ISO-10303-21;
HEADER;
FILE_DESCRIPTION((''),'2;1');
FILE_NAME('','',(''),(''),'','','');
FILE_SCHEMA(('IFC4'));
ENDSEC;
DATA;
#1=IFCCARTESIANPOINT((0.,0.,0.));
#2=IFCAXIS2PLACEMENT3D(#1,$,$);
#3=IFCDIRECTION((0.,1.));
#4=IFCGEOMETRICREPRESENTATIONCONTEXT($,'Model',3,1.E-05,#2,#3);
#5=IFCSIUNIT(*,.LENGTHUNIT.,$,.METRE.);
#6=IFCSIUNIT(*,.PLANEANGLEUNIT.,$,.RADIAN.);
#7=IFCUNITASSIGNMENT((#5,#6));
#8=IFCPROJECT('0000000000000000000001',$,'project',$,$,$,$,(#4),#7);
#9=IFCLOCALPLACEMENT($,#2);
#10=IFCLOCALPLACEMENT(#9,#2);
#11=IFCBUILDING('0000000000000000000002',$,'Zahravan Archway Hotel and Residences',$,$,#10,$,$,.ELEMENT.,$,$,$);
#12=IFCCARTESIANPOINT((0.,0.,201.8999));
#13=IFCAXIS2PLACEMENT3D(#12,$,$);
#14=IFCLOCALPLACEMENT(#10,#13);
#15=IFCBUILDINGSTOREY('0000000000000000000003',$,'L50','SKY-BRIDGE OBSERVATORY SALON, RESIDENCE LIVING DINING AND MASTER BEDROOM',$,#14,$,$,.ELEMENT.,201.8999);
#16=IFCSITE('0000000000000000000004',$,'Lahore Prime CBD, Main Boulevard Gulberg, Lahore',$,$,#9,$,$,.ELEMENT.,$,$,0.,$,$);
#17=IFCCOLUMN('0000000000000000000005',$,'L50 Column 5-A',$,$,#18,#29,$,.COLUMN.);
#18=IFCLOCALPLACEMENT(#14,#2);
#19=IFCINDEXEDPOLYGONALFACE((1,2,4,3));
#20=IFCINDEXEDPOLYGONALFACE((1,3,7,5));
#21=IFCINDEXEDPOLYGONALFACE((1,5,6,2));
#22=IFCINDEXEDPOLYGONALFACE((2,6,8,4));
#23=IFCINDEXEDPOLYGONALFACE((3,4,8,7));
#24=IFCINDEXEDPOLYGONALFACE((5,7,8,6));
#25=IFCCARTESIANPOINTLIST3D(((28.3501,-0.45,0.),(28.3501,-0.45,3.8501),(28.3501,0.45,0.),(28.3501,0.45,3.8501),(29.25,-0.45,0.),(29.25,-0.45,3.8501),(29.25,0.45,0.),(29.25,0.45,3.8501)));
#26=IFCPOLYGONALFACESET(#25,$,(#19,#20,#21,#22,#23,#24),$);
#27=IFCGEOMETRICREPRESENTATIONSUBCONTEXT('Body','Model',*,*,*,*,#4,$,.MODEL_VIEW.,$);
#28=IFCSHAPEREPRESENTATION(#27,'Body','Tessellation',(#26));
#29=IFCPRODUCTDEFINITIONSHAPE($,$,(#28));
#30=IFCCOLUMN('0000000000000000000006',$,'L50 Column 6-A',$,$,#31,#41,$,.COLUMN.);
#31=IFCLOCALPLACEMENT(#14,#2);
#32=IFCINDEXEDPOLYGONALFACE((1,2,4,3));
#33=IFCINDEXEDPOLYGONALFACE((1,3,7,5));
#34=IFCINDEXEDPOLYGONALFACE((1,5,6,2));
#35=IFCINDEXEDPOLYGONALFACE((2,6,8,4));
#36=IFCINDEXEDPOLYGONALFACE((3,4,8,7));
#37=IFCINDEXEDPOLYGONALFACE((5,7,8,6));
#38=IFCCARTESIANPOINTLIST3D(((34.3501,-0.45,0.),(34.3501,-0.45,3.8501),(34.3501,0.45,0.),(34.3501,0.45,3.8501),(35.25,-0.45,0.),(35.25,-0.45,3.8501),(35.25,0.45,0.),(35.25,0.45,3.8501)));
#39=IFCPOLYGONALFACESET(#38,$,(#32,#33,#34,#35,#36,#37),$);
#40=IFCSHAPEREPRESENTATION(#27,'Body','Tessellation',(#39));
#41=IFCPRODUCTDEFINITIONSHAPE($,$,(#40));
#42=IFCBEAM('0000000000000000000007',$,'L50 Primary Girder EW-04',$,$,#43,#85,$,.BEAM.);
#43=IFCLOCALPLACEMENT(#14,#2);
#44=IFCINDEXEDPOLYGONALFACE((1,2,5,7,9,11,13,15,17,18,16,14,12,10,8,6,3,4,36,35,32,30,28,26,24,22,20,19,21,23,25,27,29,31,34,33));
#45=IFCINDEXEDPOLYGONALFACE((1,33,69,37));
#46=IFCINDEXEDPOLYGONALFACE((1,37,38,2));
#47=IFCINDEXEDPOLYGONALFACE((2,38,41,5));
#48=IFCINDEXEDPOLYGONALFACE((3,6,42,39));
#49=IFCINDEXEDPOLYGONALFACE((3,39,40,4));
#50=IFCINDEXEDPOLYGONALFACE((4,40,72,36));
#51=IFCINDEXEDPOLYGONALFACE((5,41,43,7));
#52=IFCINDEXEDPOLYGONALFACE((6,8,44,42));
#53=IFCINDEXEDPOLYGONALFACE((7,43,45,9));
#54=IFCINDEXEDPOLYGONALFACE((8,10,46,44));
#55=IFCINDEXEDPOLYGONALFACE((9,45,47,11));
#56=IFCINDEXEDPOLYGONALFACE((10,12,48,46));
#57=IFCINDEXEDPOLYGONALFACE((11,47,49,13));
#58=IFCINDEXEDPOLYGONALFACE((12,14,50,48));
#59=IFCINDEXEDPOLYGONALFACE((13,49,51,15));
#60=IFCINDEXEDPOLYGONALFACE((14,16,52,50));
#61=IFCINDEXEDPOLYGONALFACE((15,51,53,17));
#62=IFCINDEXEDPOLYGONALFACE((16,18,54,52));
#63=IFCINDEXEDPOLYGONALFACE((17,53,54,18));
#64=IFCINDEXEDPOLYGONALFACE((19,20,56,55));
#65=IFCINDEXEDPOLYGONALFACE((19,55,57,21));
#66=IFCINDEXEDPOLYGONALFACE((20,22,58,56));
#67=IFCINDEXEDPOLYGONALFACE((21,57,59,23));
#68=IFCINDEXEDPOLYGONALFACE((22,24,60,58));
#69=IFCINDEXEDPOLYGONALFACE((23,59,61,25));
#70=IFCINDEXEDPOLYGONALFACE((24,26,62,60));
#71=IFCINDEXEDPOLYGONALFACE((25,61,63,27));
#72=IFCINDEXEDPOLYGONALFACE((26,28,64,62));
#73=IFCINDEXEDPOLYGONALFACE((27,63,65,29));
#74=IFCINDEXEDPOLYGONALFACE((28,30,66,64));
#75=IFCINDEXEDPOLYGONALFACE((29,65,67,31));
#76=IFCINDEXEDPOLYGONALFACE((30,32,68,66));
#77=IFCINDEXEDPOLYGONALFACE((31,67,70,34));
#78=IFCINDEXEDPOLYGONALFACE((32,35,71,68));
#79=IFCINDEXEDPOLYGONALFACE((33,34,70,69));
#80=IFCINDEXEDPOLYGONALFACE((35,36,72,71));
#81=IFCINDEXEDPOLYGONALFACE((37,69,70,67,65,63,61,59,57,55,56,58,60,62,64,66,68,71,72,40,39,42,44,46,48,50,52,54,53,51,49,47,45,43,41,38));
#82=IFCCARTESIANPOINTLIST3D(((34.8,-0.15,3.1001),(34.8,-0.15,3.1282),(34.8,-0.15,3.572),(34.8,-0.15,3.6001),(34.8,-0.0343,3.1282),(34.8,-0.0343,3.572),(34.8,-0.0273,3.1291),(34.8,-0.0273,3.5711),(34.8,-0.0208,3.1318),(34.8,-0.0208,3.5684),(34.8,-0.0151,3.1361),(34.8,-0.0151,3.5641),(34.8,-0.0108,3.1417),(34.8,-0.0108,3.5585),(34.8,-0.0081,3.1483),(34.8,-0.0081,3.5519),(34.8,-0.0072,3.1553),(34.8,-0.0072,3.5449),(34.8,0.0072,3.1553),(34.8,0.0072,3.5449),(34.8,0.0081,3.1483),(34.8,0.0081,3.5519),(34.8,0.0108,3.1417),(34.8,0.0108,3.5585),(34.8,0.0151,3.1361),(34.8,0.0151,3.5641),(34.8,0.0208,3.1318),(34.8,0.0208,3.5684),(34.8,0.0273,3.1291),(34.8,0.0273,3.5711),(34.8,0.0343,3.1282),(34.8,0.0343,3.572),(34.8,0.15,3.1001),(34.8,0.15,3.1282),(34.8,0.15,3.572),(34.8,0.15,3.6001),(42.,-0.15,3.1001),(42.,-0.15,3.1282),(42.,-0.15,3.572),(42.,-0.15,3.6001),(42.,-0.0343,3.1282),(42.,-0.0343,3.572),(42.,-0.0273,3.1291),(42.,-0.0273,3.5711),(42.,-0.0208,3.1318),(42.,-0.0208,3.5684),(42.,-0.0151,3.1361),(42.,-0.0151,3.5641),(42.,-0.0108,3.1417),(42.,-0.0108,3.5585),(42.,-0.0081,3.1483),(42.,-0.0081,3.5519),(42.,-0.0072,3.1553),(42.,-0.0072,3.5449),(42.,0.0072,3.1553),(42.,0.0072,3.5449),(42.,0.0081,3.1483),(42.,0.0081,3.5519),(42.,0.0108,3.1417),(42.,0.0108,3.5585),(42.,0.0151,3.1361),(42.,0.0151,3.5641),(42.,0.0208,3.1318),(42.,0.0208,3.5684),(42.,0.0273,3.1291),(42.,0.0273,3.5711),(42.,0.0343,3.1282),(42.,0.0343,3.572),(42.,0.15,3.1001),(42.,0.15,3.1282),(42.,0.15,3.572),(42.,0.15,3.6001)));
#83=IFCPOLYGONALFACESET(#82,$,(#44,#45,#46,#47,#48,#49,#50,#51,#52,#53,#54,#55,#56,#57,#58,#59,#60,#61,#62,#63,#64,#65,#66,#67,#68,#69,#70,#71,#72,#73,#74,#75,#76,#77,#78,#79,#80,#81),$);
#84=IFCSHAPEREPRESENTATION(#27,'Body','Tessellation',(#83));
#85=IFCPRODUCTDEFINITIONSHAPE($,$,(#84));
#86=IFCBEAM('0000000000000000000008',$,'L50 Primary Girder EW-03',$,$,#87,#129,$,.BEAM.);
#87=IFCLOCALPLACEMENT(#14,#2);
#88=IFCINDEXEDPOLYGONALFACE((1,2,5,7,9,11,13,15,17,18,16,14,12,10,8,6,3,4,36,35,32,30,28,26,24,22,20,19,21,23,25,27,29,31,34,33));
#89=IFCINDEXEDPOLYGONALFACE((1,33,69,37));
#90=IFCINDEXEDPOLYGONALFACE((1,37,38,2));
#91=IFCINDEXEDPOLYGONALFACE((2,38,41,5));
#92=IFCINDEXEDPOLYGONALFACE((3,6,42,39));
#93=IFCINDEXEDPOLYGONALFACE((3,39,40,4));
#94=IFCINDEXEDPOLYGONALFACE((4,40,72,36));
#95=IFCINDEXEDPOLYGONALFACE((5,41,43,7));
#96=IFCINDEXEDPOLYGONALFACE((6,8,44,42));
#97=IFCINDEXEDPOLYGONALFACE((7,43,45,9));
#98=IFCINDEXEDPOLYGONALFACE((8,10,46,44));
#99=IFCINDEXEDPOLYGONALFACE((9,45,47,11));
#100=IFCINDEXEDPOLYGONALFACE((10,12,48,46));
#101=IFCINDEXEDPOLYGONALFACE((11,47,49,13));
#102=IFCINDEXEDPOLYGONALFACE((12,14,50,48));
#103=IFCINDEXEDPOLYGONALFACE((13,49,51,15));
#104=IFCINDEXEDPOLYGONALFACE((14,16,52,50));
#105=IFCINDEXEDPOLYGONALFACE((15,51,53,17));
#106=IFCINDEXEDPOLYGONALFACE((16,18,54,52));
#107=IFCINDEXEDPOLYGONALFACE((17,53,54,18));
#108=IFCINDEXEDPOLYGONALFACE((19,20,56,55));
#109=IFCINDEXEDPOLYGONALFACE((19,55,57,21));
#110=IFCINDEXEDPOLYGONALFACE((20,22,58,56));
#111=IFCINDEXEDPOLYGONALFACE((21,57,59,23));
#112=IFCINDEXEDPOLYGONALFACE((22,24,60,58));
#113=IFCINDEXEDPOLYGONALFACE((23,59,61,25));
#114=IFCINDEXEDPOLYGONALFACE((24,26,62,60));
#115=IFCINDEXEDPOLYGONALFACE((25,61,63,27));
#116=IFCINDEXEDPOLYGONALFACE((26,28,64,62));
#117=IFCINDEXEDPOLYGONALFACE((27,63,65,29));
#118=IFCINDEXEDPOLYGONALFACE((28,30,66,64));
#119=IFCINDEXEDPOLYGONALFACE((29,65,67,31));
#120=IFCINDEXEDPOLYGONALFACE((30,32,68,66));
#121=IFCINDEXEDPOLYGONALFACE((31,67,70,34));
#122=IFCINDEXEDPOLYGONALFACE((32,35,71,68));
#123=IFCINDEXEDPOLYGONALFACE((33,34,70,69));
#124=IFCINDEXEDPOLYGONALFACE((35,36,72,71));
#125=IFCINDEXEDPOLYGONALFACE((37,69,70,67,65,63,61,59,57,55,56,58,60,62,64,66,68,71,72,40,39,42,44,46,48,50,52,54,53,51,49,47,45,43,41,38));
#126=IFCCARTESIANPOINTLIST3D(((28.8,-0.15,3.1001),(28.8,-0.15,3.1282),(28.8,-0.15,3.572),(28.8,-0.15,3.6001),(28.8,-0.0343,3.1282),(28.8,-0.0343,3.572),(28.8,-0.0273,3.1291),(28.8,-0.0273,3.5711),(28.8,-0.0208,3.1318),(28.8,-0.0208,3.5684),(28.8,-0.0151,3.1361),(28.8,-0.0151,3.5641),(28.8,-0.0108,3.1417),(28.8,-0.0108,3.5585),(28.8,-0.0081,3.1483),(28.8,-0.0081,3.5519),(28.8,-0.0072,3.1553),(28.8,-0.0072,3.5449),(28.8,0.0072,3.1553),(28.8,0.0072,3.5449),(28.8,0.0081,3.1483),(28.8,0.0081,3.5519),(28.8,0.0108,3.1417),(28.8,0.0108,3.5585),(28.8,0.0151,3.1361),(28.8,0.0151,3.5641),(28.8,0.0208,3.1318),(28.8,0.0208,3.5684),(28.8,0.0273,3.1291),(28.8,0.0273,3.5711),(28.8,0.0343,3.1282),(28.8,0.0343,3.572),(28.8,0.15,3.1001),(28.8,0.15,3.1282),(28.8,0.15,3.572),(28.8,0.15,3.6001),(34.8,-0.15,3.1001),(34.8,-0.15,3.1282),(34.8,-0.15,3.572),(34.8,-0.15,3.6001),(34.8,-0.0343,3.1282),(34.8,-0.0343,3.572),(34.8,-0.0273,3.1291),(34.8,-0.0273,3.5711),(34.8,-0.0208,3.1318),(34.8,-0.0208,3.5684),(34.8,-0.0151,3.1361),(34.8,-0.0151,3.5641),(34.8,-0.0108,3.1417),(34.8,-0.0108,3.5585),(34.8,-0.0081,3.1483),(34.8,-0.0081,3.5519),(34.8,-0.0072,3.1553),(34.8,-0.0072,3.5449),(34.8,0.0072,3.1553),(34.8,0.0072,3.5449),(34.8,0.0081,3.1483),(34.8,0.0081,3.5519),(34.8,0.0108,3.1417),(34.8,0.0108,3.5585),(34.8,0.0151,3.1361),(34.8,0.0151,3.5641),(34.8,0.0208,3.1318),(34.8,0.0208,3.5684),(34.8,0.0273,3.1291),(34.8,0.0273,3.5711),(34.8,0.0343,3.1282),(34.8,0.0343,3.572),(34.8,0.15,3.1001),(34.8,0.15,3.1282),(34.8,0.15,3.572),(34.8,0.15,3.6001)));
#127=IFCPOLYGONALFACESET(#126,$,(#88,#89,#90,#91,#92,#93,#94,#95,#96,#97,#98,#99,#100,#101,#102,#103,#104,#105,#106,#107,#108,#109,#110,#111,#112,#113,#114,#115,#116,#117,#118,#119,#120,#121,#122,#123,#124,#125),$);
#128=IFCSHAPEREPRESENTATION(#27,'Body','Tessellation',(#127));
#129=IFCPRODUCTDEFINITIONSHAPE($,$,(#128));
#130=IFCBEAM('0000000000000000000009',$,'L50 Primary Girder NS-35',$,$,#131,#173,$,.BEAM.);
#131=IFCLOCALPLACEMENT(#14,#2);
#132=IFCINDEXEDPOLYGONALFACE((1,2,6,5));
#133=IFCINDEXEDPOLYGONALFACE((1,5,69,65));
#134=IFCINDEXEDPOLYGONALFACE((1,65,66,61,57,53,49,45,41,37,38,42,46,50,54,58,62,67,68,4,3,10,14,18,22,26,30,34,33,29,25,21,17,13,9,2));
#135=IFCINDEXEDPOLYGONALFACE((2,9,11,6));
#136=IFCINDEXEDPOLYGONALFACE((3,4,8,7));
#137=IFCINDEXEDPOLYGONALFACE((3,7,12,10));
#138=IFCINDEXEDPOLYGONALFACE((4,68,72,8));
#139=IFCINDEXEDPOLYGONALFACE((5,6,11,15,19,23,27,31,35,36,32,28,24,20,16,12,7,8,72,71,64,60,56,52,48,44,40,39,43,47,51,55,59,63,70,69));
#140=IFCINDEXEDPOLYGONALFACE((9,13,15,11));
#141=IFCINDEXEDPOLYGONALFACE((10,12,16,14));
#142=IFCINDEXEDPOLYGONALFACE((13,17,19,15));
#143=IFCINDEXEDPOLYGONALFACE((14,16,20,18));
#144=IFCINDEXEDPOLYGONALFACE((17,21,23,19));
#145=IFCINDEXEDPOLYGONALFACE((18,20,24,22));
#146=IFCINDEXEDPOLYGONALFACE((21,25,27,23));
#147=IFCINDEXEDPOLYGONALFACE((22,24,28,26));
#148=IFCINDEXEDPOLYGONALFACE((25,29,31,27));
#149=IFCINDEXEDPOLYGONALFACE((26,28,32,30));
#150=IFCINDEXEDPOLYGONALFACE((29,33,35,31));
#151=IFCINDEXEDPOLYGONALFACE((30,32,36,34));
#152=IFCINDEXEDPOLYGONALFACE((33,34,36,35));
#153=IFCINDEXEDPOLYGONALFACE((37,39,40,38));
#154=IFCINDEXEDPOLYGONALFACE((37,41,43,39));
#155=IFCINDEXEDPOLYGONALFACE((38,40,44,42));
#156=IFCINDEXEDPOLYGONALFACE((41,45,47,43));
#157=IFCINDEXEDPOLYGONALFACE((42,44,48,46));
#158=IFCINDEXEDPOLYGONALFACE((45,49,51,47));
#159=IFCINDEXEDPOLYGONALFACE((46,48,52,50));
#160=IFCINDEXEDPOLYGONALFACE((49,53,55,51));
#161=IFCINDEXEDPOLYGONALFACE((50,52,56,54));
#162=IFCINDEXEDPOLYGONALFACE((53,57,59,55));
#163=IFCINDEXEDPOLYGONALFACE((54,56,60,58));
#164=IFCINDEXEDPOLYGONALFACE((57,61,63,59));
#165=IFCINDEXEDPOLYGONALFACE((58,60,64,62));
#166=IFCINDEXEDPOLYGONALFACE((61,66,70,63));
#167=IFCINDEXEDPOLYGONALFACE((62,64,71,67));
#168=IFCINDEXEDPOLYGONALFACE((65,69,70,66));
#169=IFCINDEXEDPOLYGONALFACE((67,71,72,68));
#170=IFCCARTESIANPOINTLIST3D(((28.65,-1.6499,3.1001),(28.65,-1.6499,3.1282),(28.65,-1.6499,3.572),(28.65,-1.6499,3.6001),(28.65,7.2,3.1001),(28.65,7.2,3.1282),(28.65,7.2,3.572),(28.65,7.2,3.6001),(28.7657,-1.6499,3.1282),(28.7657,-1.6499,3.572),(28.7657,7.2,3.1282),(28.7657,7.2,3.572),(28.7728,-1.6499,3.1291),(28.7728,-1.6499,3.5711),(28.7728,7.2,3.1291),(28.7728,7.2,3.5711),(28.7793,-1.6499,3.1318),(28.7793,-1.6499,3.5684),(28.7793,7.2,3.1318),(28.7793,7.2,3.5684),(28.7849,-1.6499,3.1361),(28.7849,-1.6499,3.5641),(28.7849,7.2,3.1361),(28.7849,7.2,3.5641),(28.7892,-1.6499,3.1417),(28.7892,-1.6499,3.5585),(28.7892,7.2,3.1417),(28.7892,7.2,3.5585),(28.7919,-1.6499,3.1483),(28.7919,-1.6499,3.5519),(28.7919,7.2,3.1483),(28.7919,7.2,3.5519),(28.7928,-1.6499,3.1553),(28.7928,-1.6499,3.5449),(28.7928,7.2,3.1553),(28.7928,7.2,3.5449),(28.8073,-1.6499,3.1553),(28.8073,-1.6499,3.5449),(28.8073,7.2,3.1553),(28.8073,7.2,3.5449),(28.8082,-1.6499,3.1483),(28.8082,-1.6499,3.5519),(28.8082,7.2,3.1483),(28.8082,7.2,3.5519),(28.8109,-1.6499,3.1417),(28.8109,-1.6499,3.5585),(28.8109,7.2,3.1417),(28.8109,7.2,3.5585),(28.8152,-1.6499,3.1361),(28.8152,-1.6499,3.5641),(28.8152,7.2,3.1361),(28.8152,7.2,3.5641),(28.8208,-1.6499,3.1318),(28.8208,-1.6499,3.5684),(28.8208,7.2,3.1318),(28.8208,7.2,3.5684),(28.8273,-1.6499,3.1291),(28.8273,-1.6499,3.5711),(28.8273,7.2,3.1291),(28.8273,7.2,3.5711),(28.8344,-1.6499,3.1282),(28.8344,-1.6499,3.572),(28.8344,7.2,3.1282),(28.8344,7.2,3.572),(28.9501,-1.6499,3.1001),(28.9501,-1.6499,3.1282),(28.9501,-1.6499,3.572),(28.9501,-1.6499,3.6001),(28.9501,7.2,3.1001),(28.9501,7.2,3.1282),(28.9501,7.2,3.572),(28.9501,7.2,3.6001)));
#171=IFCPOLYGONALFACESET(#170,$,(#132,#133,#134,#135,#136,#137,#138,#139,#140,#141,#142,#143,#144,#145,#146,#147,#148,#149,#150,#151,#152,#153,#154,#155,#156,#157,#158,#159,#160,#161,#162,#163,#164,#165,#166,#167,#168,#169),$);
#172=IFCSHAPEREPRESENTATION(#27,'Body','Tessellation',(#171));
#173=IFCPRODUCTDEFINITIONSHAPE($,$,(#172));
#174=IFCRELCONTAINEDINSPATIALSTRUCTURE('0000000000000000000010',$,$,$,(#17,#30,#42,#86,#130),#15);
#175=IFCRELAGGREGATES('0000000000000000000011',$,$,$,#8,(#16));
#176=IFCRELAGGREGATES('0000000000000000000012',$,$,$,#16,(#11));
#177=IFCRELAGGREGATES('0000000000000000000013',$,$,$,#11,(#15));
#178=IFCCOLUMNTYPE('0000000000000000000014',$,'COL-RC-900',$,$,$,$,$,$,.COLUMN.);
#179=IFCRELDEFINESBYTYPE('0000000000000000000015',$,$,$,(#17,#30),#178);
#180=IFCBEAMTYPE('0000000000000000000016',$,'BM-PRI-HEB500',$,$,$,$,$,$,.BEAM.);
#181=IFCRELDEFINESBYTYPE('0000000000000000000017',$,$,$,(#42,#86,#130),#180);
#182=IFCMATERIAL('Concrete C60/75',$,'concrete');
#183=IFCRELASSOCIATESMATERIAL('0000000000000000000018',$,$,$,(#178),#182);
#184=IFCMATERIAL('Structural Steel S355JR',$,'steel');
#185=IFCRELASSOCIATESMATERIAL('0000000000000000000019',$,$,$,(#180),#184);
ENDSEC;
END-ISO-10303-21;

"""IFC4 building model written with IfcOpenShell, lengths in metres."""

from ifc_helpers import new_model, si_unit, direction, frame, origin, origin_2d, place, context, subcontext, project, spatial, rectangle, i_section, extrude, source, transform, mapped, material, material_profile, profile_set, type_object, type_shapes, element, save


model = new_model("IFC4")

# Units and contexts
model_context = context("Model", 3, precision=1e-05, world=origin(), true_north=direction((0.0, 1.0)))
body_context = subcontext(model_context, "Body", "Model", "MODEL_VIEW")
ifc_project = project(units=[si_unit("LENGTHUNIT", "METRE"), si_unit("PLANEANGLEUNIT", "RADIAN")], contexts=[model_context])

# Site, building, storey
site_placement = place(None, origin())
site = spatial("IfcSite", under=ifc_project, at=site_placement, Name="Lahore Prime CBD, Main Boulevard Gulberg, Lahore", CompositionType="ELEMENT", RefElevation=0.0)
building_placement = place(site_placement, origin())
building = spatial("IfcBuilding", under=site, at=building_placement, Name="Zahravan Archway Hotel and Residences", CompositionType="ELEMENT")
storey_placement = place(building_placement, frame((0.0, 0.0, 201.8999)))
storey = spatial("IfcBuildingStorey", under=building, at=storey_placement, Name="L50", Description="SKY-BRIDGE OBSERVATORY SALON, RESIDENCE LIVING DINING AND MASTER BEDROOM", CompositionType="ELEMENT", Elevation=201.8999)

# Columns
ifc_material_1 = material(Name="Concrete C60/75", Category="concrete")
ifc_material_profile_1 = material_profile(ifc_material_1, rectangle(XDim=0.8999, YDim=0.8999, at=origin_2d()), Name="RC-COL-900x900", Category="concrete")
ifc_profile_set_1 = profile_set([ifc_material_profile_1], Name="Concrete C60/75")
column_type = type_object("IfcColumnType", Name="COL-RC-900", PredefinedType="COLUMN", material=ifc_profile_set_1)
shared_shape_1 = source(origin(), body_context, "Body", "SweptSolid", [
    extrude(rectangle(XDim=0.8999, YDim=0.8999, at=origin_2d()), origin(), (0.0, 0.0, 1.0), 3.8501),
])
type_shapes(column_type, [shared_shape_1])
for number, where, z_axis, x_axis, name in (
    (1, (28.8, 0.0, 0.0), (0.0, 0.0, 1.0), (1.0, 0.0, 0.0), "L50 Column 5-A"),
    (2, (34.8, 0.0, 0.0), (0.0, 0.0, 1.0), (1.0, 0.0, 0.0), "L50 Column 6-A"),
):
    element("IfcColumn", number, at=place(storey_placement, frame(where, z_axis=z_axis, x_axis=x_axis)), inside=storey, type_object=column_type, Name=name, PredefinedType="COLUMN", context=body_context, shape_type="MappedRepresentation", body=[
        mapped(shared_shape_1, transform((0.0, 0.0, 0.0), scale=1.0)),
    ])

# Beams
ifc_material_2 = material(Name="Structural Steel S355JR", Category="steel")
ifc_material_profile_2 = material_profile(ifc_material_2, i_section(OverallWidth=0.3, OverallDepth=0.5, WebThickness=0.0144, FlangeThickness=0.0281, FilletRadius=0.0271, at=origin_2d()), Name="HEB 500", Category="steel")
ifc_profile_set_2 = profile_set([ifc_material_profile_2], Name="Structural Steel S355JR")
beam_type_1 = type_object("IfcBeamType", Name="BM-PRI-HEB500", PredefinedType="BEAM", material=ifc_profile_set_2)
shared_shape_2 = source(origin(), body_context, "Body", "SweptSolid", [
    extrude(i_section(OverallWidth=0.3, OverallDepth=0.5, WebThickness=0.0144, FlangeThickness=0.0281, FilletRadius=0.0271, at=origin_2d()), origin(), (0.0, 0.0, 1.0), 7.2),
])
beam_1_placement = place(storey_placement, frame((34.8, 0.0, 3.3501), z_axis=(1.0, 0.0, 0.0), x_axis=(0.0, 1.0, 0.0)))
element("IfcBeam", 3, at=beam_1_placement, inside=storey, type_object=beam_type_1, Name="L50 Primary Girder EW-04", PredefinedType="BEAM", context=body_context, shape_type="MappedRepresentation", body=[
    mapped(shared_shape_2, transform((0.0, 0.0, 0.0), scale=1.0)),
])
shared_shape_3 = source(origin(), body_context, "Body", "SweptSolid", [
    extrude(i_section(OverallWidth=0.3, OverallDepth=0.5, WebThickness=0.0144, FlangeThickness=0.0281, FilletRadius=0.0271, at=origin_2d()), origin(), (0.0, 0.0, 1.0), 6.0),
])
beam_2_placement = place(storey_placement, frame((28.8, 0.0, 3.3501), z_axis=(1.0, 0.0, 0.0), x_axis=(0.0, 1.0, 0.0)))
element("IfcBeam", 4, at=beam_2_placement, inside=storey, type_object=beam_type_1, Name="L50 Primary Girder EW-03", PredefinedType="BEAM", context=body_context, shape_type="MappedRepresentation", body=[
    mapped(shared_shape_3, transform((0.0, 0.0, 0.0), scale=1.0)),
])
shared_shape_4 = source(origin(), body_context, "Body", "SweptSolid", [
    extrude(i_section(OverallWidth=0.3, OverallDepth=0.5, WebThickness=0.0144, FlangeThickness=0.0281, FilletRadius=0.0271, at=origin_2d()), origin(), (0.0, 0.0, 1.0), 8.8499),
])
beam_3_placement = place(storey_placement, frame((28.8, -1.6499, 3.3501), z_axis=(0.0, 1.0, 0.0), x_axis=(-1.0, 0.0, 0.0)))
element("IfcBeam", 5, at=beam_3_placement, inside=storey, type_object=beam_type_1, Name="L50 Primary Girder NS-35", PredefinedType="BEAM", context=body_context, shape_type="MappedRepresentation", body=[
    mapped(shared_shape_4, transform((0.0, 0.0, 0.0), scale=1.0)),
])

save(model, "model.ifc")
